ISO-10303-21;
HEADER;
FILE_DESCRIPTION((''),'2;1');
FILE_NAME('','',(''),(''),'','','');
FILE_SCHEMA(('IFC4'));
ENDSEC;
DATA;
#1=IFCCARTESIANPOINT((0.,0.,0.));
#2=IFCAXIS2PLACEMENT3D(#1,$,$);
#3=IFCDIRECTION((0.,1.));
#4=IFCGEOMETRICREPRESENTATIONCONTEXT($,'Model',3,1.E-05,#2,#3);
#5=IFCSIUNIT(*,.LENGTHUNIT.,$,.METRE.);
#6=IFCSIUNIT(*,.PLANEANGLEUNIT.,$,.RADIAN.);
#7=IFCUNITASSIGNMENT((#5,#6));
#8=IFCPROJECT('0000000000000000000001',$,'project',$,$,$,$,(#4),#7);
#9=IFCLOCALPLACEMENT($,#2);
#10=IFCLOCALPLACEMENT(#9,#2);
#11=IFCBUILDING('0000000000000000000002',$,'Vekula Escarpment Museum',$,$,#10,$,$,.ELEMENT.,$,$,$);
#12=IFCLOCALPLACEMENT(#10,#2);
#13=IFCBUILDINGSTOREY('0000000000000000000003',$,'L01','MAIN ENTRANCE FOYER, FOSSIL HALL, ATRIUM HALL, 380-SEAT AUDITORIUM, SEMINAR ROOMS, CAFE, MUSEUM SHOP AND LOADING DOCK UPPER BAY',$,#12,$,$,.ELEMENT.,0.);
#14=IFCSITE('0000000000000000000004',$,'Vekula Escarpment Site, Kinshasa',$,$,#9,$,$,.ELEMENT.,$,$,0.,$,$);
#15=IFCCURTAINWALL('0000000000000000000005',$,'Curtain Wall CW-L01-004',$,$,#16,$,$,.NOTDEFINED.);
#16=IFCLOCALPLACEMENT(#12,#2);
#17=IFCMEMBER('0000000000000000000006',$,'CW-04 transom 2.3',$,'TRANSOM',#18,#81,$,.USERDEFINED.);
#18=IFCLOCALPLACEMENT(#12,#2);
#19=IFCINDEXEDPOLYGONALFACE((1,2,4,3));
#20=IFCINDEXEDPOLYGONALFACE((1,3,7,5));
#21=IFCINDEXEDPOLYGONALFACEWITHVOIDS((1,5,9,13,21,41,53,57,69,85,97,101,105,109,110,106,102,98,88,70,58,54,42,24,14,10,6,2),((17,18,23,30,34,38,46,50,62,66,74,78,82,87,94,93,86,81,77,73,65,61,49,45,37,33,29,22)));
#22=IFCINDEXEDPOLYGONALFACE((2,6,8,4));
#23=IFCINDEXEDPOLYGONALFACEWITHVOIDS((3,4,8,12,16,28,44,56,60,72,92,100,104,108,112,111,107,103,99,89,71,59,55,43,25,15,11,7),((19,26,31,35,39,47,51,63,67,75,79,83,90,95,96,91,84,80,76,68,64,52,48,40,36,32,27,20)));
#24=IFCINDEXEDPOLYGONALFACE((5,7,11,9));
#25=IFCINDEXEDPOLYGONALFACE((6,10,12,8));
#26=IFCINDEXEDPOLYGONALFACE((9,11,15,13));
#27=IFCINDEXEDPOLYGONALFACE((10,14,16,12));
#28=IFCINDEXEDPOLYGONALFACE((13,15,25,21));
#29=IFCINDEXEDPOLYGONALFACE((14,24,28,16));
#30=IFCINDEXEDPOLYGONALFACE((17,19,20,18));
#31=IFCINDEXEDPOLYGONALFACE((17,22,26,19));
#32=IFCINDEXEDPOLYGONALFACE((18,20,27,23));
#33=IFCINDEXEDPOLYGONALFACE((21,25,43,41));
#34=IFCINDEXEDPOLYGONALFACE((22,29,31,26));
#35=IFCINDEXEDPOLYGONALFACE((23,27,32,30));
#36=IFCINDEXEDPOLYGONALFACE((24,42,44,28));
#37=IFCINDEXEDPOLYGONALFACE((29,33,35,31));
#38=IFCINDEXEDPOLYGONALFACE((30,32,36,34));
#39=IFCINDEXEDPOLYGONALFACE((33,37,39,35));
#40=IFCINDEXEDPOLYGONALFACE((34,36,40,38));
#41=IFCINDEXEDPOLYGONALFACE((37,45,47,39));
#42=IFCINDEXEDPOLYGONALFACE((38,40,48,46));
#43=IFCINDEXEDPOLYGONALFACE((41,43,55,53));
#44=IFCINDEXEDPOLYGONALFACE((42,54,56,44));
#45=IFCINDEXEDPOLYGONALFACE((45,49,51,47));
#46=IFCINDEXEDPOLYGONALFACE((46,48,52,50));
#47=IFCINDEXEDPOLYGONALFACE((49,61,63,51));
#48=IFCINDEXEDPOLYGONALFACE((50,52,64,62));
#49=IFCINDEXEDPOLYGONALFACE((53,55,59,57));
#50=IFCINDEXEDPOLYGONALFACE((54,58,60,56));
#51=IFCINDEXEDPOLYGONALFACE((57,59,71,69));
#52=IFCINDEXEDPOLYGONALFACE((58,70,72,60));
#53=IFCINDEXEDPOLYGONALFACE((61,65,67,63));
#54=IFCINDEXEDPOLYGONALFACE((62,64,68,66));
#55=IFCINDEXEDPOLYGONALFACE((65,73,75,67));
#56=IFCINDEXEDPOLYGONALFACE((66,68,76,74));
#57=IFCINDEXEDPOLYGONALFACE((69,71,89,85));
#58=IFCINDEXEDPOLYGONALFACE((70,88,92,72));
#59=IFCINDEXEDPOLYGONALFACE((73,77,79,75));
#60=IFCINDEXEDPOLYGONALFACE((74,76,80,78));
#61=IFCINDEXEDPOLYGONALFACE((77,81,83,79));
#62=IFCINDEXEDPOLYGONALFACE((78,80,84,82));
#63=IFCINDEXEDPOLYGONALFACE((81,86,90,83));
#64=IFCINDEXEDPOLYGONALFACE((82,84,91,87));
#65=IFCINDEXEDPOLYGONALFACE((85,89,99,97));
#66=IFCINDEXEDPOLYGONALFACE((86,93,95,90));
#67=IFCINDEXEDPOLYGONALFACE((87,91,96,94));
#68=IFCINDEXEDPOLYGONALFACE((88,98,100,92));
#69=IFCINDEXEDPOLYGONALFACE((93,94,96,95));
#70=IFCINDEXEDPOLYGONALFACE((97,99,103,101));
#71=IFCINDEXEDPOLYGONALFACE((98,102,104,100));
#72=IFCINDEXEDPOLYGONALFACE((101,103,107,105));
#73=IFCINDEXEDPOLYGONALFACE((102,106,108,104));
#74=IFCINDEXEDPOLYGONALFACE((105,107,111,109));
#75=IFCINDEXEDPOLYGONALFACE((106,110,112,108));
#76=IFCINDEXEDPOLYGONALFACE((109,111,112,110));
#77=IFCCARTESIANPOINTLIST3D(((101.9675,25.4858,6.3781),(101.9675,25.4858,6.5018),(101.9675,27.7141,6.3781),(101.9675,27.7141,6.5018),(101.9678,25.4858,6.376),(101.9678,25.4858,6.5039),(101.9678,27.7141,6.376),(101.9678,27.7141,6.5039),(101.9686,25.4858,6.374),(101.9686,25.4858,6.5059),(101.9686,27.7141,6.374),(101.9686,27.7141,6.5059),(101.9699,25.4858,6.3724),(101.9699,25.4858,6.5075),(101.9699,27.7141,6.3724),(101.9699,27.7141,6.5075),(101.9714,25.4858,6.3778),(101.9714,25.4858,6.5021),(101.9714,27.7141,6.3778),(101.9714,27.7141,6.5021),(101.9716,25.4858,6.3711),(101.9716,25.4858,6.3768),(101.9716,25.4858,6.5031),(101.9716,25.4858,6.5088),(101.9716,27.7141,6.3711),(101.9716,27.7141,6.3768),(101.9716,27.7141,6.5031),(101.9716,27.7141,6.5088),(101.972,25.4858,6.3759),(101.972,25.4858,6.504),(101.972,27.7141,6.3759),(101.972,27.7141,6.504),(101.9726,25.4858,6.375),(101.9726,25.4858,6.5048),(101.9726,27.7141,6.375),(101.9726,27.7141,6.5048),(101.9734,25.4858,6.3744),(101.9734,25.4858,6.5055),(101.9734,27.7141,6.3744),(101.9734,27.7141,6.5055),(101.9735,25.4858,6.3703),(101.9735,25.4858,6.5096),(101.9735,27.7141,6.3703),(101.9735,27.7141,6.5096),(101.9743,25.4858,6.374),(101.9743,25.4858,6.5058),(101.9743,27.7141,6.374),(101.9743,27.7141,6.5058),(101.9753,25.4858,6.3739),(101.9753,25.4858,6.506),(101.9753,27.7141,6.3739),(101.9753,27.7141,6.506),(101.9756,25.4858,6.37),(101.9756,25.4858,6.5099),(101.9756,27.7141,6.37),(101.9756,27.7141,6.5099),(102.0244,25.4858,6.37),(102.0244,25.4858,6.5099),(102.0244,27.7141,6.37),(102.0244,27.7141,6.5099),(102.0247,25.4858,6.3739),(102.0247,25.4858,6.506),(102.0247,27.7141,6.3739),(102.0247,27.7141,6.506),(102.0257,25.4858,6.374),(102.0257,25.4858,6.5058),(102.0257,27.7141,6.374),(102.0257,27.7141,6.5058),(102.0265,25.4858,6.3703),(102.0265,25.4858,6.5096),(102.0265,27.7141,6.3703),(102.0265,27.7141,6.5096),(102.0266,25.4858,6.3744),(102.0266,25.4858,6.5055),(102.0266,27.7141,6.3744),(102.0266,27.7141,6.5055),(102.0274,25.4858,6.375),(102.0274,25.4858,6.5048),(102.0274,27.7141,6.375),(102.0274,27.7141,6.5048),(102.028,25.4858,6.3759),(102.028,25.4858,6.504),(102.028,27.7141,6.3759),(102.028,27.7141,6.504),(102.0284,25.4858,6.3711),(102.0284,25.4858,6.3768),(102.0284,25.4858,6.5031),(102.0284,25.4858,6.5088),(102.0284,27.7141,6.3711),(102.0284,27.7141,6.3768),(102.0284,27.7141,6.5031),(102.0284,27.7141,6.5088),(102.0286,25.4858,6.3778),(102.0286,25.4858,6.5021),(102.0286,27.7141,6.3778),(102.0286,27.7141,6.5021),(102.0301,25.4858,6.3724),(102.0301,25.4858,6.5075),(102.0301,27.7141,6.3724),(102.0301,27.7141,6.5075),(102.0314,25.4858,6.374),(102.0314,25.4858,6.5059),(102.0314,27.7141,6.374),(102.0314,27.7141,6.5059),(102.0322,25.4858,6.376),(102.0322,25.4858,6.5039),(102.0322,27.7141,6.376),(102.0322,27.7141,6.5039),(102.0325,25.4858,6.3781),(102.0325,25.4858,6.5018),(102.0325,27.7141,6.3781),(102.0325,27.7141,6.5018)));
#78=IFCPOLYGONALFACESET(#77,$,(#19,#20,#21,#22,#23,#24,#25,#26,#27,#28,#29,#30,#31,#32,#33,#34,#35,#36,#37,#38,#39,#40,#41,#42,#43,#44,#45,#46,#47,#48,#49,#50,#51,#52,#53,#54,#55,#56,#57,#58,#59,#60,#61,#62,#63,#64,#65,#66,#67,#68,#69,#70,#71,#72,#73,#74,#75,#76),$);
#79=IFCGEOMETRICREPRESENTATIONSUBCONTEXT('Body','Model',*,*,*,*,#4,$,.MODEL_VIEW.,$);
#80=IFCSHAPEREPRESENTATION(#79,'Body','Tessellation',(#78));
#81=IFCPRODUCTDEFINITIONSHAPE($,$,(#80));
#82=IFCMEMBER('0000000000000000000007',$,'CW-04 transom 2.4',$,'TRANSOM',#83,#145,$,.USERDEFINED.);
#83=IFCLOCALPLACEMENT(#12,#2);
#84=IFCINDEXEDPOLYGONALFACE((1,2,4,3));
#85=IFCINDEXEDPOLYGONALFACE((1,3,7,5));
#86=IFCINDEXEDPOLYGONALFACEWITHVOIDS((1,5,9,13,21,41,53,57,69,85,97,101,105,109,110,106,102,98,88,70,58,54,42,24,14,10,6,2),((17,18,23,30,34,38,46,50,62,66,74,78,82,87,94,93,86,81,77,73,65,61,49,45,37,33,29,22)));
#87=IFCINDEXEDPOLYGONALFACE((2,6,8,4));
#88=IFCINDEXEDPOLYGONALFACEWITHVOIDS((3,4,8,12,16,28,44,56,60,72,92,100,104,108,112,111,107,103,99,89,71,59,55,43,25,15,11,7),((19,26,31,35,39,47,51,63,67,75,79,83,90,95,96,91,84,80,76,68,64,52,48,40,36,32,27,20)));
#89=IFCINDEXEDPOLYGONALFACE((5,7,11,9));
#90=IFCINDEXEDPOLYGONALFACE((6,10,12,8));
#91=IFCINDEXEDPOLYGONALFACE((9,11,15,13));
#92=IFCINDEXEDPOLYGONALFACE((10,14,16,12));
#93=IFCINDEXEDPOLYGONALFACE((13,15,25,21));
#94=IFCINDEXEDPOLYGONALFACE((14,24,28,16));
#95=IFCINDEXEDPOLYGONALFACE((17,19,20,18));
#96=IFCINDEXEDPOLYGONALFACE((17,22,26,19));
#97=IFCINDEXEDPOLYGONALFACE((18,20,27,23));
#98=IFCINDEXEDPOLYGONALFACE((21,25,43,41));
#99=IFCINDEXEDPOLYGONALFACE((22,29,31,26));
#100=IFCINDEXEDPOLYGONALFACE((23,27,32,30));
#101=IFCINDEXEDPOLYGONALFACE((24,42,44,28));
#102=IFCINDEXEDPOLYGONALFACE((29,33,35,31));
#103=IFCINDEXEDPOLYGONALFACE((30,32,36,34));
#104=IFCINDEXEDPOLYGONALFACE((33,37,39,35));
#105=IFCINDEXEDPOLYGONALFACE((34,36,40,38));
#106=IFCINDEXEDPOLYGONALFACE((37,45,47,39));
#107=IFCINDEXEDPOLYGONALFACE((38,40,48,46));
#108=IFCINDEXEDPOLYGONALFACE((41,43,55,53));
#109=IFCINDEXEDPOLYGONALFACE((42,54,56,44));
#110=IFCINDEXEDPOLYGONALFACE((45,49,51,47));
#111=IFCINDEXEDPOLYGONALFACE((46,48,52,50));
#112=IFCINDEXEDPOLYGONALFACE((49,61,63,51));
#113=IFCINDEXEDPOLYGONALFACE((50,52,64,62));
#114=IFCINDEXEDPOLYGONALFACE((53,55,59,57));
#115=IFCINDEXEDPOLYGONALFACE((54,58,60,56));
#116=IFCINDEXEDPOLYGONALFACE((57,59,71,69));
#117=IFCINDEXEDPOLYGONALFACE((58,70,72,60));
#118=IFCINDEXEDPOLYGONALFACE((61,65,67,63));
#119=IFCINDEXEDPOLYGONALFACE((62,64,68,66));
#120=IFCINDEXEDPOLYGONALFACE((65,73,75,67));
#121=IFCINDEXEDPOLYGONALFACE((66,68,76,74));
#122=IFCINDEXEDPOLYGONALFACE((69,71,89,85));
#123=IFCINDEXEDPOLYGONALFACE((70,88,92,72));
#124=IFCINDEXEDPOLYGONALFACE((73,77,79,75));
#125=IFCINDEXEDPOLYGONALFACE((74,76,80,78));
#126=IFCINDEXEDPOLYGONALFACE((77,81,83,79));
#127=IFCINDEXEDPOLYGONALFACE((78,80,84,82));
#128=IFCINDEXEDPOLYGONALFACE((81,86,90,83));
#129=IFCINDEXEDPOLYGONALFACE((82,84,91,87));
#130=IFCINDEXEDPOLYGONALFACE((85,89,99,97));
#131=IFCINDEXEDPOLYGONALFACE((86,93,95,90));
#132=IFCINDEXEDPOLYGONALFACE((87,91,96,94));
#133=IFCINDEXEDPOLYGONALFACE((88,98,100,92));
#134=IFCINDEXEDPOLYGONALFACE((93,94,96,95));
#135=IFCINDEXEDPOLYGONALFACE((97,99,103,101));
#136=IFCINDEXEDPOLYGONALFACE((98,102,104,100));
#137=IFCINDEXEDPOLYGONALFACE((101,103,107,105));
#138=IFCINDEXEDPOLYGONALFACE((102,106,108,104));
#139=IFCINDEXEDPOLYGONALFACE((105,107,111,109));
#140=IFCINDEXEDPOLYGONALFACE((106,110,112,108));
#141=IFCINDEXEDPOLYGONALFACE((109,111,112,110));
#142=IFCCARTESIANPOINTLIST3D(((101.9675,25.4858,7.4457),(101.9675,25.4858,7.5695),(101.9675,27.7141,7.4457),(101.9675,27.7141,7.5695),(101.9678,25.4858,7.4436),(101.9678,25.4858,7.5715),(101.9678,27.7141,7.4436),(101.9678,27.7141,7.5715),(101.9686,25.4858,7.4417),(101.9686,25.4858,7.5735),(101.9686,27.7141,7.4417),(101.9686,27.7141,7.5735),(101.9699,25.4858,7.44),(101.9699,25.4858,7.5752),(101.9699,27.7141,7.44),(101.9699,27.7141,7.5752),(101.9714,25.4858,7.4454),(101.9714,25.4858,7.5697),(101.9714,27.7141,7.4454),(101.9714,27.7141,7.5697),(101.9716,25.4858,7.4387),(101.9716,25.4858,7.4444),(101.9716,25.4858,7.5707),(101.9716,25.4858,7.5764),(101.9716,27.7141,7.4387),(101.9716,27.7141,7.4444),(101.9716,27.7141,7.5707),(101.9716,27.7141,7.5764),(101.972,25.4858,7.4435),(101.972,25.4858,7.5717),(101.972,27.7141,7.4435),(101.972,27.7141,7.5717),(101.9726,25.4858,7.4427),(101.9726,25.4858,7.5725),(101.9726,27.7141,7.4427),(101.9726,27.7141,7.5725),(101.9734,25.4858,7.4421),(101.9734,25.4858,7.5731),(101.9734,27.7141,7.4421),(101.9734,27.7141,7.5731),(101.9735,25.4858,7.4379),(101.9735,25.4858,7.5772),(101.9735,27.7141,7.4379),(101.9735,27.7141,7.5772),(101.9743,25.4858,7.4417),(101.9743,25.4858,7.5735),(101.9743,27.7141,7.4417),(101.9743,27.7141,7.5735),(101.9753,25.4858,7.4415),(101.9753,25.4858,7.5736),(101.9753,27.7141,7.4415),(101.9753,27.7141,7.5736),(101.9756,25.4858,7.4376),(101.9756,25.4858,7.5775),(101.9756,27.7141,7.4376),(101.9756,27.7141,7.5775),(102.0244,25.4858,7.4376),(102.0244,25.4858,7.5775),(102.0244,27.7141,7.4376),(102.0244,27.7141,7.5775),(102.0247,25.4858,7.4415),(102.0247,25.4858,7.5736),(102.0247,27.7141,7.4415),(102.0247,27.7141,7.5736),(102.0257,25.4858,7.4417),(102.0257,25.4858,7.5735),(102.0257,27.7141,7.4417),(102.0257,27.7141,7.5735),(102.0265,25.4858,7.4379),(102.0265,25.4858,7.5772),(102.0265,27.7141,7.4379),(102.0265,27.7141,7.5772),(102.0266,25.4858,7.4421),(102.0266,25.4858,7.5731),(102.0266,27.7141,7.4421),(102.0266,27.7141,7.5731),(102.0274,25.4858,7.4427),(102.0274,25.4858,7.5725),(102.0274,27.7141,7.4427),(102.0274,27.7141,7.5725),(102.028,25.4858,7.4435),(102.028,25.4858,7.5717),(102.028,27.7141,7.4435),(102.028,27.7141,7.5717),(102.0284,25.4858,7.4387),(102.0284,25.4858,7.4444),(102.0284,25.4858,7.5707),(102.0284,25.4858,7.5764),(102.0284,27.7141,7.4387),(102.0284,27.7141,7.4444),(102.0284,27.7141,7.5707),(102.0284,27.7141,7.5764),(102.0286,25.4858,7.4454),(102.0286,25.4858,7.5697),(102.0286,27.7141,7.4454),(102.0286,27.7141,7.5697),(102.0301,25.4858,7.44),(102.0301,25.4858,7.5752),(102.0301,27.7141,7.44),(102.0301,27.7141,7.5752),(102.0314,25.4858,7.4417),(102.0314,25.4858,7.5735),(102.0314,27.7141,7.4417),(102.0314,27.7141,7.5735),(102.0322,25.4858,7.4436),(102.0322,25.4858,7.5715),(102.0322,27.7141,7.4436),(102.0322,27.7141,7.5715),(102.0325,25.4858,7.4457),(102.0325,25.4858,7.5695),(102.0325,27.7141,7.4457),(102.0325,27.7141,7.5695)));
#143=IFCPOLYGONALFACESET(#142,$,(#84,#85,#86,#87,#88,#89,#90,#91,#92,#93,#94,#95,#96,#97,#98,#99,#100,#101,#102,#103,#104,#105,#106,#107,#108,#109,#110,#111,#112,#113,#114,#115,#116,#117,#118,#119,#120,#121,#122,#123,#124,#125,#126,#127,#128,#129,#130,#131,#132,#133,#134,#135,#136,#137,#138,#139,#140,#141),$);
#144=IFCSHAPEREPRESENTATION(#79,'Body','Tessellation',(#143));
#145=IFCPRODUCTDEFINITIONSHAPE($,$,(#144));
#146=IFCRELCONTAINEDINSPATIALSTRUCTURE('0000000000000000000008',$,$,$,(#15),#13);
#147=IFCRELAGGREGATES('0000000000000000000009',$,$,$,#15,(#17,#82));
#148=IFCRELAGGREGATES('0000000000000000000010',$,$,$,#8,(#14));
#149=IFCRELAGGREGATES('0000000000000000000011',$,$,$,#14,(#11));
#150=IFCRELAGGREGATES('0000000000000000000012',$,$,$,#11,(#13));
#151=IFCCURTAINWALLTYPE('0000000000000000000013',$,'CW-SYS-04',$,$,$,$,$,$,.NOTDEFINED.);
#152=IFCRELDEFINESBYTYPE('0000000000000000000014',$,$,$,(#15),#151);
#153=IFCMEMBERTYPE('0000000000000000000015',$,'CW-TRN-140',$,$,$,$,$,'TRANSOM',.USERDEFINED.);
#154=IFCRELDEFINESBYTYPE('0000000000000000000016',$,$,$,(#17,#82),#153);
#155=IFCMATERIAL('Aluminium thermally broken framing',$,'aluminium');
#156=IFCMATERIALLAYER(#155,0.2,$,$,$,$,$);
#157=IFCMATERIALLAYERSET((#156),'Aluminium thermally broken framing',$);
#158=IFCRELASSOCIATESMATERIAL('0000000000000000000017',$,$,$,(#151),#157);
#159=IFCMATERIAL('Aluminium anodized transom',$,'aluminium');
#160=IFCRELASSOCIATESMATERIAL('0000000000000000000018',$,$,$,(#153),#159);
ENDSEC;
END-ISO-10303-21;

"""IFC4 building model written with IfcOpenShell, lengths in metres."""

from ifc_helpers import new_model, si_unit, direction, frame, origin, origin_2d, place, context, subcontext, project, spatial, hollow_rectangle, extrude, material, layer, layer_set, material_profile, profile_set, type_object, element, aggregate, save


model = new_model("IFC4")

# Units and contexts
model_context = context("Model", 3, precision=1e-05, world=origin(), true_north=direction((0.0, 1.0)))
body_context = subcontext(model_context, "Body", "Model", "MODEL_VIEW")
ifc_project = project(units=[si_unit("LENGTHUNIT", "METRE"), si_unit("PLANEANGLEUNIT", "RADIAN")], contexts=[model_context])

# Site, building, storey
site_placement = place(None, origin())
site = spatial("IfcSite", under=ifc_project, at=site_placement, Name="Vekula Escarpment Site, Kinshasa", CompositionType="ELEMENT", RefElevation=0.0)
building_placement = place(site_placement, origin())
building = spatial("IfcBuilding", under=site, at=building_placement, Name="Vekula Escarpment Museum", CompositionType="ELEMENT")
storey_placement = place(building_placement, origin())
storey = spatial("IfcBuildingStorey", under=building, at=storey_placement, Name="L01", Description="MAIN ENTRANCE FOYER, FOSSIL HALL, ATRIUM HALL, 380-SEAT AUDITORIUM, SEMINAR ROOMS, CAFE, MUSEUM SHOP AND LOADING DOCK UPPER BAY", CompositionType="ELEMENT", Elevation=0.0)

# Curtain wall
ifc_material_1 = material(Name="Aluminium thermally broken framing", Category="aluminium")
ifc_layer_1 = layer(ifc_material_1, 0.2)
ifc_layer_set_1 = layer_set([ifc_layer_1], Name="Aluminium thermally broken framing")
curtain_wall_type_1 = type_object("IfcCurtainWallType", Name="CW-SYS-04", PredefinedType="NOTDEFINED", material=ifc_layer_set_1)
curtain_wall_1_placement = place(storey_placement, origin())
curtain_wall_1 = element("IfcCurtainWall", 1, at=curtain_wall_1_placement, inside=storey, type_object=curtain_wall_type_1, Name="Curtain Wall CW-L01-004", PredefinedType="NOTDEFINED")

# Members
ifc_material_2 = material(Name="Aluminium anodized transom", Category="aluminium")
ifc_material_profile_1 = material_profile(ifc_material_2, hollow_rectangle(XDim=0.0649, YDim=0.1399, WallThickness=0.0039, InnerFilletRadius=0.0039, OuterFilletRadius=0.0081, at=origin_2d()), Name="ALU 140x65x4")
ifc_profile_set_1 = profile_set([ifc_material_profile_1], Name="Aluminium anodized transom")
member_type_1 = type_object("IfcMemberType", Name="CW-TRN-140", ElementType="TRANSOM", PredefinedType="USERDEFINED", material=ifc_profile_set_1)
member_1_placement = place(storey_placement, frame((102.0, 25.4858, 6.4399), z_axis=(0.0, 1.0, 0.0), x_axis=(-1.0, 0.0, 0.0)))
member_1 = element("IfcMember", 2, at=member_1_placement, type_object=member_type_1, Name="CW-04 transom 2.3", ObjectType="TRANSOM", PredefinedType="USERDEFINED", context=body_context, shape_type="SweptSolid", body=[
    extrude(hollow_rectangle(XDim=0.0649, YDim=0.1399, WallThickness=0.0039, InnerFilletRadius=0.0039, OuterFilletRadius=0.0081, at=origin_2d()), origin(), (0.0, 0.0, 1.0), 2.2283),
])
member_2_placement = place(storey_placement, frame((102.0, 25.4858, 7.5076), z_axis=(0.0, 1.0, 0.0), x_axis=(-1.0, 0.0, 0.0)))
member_2 = element("IfcMember", 3, at=member_2_placement, type_object=member_type_1, Name="CW-04 transom 2.4", ObjectType="TRANSOM", PredefinedType="USERDEFINED", context=body_context, shape_type="SweptSolid", body=[
    extrude(hollow_rectangle(XDim=0.0649, YDim=0.1399, WallThickness=0.0039, InnerFilletRadius=0.0039, OuterFilletRadius=0.0081, at=origin_2d()), origin(), (0.0, 0.0, 1.0), 2.2283),
])

aggregate(curtain_wall_1, [member_1, member_2])

save(model, "model.ifc")
